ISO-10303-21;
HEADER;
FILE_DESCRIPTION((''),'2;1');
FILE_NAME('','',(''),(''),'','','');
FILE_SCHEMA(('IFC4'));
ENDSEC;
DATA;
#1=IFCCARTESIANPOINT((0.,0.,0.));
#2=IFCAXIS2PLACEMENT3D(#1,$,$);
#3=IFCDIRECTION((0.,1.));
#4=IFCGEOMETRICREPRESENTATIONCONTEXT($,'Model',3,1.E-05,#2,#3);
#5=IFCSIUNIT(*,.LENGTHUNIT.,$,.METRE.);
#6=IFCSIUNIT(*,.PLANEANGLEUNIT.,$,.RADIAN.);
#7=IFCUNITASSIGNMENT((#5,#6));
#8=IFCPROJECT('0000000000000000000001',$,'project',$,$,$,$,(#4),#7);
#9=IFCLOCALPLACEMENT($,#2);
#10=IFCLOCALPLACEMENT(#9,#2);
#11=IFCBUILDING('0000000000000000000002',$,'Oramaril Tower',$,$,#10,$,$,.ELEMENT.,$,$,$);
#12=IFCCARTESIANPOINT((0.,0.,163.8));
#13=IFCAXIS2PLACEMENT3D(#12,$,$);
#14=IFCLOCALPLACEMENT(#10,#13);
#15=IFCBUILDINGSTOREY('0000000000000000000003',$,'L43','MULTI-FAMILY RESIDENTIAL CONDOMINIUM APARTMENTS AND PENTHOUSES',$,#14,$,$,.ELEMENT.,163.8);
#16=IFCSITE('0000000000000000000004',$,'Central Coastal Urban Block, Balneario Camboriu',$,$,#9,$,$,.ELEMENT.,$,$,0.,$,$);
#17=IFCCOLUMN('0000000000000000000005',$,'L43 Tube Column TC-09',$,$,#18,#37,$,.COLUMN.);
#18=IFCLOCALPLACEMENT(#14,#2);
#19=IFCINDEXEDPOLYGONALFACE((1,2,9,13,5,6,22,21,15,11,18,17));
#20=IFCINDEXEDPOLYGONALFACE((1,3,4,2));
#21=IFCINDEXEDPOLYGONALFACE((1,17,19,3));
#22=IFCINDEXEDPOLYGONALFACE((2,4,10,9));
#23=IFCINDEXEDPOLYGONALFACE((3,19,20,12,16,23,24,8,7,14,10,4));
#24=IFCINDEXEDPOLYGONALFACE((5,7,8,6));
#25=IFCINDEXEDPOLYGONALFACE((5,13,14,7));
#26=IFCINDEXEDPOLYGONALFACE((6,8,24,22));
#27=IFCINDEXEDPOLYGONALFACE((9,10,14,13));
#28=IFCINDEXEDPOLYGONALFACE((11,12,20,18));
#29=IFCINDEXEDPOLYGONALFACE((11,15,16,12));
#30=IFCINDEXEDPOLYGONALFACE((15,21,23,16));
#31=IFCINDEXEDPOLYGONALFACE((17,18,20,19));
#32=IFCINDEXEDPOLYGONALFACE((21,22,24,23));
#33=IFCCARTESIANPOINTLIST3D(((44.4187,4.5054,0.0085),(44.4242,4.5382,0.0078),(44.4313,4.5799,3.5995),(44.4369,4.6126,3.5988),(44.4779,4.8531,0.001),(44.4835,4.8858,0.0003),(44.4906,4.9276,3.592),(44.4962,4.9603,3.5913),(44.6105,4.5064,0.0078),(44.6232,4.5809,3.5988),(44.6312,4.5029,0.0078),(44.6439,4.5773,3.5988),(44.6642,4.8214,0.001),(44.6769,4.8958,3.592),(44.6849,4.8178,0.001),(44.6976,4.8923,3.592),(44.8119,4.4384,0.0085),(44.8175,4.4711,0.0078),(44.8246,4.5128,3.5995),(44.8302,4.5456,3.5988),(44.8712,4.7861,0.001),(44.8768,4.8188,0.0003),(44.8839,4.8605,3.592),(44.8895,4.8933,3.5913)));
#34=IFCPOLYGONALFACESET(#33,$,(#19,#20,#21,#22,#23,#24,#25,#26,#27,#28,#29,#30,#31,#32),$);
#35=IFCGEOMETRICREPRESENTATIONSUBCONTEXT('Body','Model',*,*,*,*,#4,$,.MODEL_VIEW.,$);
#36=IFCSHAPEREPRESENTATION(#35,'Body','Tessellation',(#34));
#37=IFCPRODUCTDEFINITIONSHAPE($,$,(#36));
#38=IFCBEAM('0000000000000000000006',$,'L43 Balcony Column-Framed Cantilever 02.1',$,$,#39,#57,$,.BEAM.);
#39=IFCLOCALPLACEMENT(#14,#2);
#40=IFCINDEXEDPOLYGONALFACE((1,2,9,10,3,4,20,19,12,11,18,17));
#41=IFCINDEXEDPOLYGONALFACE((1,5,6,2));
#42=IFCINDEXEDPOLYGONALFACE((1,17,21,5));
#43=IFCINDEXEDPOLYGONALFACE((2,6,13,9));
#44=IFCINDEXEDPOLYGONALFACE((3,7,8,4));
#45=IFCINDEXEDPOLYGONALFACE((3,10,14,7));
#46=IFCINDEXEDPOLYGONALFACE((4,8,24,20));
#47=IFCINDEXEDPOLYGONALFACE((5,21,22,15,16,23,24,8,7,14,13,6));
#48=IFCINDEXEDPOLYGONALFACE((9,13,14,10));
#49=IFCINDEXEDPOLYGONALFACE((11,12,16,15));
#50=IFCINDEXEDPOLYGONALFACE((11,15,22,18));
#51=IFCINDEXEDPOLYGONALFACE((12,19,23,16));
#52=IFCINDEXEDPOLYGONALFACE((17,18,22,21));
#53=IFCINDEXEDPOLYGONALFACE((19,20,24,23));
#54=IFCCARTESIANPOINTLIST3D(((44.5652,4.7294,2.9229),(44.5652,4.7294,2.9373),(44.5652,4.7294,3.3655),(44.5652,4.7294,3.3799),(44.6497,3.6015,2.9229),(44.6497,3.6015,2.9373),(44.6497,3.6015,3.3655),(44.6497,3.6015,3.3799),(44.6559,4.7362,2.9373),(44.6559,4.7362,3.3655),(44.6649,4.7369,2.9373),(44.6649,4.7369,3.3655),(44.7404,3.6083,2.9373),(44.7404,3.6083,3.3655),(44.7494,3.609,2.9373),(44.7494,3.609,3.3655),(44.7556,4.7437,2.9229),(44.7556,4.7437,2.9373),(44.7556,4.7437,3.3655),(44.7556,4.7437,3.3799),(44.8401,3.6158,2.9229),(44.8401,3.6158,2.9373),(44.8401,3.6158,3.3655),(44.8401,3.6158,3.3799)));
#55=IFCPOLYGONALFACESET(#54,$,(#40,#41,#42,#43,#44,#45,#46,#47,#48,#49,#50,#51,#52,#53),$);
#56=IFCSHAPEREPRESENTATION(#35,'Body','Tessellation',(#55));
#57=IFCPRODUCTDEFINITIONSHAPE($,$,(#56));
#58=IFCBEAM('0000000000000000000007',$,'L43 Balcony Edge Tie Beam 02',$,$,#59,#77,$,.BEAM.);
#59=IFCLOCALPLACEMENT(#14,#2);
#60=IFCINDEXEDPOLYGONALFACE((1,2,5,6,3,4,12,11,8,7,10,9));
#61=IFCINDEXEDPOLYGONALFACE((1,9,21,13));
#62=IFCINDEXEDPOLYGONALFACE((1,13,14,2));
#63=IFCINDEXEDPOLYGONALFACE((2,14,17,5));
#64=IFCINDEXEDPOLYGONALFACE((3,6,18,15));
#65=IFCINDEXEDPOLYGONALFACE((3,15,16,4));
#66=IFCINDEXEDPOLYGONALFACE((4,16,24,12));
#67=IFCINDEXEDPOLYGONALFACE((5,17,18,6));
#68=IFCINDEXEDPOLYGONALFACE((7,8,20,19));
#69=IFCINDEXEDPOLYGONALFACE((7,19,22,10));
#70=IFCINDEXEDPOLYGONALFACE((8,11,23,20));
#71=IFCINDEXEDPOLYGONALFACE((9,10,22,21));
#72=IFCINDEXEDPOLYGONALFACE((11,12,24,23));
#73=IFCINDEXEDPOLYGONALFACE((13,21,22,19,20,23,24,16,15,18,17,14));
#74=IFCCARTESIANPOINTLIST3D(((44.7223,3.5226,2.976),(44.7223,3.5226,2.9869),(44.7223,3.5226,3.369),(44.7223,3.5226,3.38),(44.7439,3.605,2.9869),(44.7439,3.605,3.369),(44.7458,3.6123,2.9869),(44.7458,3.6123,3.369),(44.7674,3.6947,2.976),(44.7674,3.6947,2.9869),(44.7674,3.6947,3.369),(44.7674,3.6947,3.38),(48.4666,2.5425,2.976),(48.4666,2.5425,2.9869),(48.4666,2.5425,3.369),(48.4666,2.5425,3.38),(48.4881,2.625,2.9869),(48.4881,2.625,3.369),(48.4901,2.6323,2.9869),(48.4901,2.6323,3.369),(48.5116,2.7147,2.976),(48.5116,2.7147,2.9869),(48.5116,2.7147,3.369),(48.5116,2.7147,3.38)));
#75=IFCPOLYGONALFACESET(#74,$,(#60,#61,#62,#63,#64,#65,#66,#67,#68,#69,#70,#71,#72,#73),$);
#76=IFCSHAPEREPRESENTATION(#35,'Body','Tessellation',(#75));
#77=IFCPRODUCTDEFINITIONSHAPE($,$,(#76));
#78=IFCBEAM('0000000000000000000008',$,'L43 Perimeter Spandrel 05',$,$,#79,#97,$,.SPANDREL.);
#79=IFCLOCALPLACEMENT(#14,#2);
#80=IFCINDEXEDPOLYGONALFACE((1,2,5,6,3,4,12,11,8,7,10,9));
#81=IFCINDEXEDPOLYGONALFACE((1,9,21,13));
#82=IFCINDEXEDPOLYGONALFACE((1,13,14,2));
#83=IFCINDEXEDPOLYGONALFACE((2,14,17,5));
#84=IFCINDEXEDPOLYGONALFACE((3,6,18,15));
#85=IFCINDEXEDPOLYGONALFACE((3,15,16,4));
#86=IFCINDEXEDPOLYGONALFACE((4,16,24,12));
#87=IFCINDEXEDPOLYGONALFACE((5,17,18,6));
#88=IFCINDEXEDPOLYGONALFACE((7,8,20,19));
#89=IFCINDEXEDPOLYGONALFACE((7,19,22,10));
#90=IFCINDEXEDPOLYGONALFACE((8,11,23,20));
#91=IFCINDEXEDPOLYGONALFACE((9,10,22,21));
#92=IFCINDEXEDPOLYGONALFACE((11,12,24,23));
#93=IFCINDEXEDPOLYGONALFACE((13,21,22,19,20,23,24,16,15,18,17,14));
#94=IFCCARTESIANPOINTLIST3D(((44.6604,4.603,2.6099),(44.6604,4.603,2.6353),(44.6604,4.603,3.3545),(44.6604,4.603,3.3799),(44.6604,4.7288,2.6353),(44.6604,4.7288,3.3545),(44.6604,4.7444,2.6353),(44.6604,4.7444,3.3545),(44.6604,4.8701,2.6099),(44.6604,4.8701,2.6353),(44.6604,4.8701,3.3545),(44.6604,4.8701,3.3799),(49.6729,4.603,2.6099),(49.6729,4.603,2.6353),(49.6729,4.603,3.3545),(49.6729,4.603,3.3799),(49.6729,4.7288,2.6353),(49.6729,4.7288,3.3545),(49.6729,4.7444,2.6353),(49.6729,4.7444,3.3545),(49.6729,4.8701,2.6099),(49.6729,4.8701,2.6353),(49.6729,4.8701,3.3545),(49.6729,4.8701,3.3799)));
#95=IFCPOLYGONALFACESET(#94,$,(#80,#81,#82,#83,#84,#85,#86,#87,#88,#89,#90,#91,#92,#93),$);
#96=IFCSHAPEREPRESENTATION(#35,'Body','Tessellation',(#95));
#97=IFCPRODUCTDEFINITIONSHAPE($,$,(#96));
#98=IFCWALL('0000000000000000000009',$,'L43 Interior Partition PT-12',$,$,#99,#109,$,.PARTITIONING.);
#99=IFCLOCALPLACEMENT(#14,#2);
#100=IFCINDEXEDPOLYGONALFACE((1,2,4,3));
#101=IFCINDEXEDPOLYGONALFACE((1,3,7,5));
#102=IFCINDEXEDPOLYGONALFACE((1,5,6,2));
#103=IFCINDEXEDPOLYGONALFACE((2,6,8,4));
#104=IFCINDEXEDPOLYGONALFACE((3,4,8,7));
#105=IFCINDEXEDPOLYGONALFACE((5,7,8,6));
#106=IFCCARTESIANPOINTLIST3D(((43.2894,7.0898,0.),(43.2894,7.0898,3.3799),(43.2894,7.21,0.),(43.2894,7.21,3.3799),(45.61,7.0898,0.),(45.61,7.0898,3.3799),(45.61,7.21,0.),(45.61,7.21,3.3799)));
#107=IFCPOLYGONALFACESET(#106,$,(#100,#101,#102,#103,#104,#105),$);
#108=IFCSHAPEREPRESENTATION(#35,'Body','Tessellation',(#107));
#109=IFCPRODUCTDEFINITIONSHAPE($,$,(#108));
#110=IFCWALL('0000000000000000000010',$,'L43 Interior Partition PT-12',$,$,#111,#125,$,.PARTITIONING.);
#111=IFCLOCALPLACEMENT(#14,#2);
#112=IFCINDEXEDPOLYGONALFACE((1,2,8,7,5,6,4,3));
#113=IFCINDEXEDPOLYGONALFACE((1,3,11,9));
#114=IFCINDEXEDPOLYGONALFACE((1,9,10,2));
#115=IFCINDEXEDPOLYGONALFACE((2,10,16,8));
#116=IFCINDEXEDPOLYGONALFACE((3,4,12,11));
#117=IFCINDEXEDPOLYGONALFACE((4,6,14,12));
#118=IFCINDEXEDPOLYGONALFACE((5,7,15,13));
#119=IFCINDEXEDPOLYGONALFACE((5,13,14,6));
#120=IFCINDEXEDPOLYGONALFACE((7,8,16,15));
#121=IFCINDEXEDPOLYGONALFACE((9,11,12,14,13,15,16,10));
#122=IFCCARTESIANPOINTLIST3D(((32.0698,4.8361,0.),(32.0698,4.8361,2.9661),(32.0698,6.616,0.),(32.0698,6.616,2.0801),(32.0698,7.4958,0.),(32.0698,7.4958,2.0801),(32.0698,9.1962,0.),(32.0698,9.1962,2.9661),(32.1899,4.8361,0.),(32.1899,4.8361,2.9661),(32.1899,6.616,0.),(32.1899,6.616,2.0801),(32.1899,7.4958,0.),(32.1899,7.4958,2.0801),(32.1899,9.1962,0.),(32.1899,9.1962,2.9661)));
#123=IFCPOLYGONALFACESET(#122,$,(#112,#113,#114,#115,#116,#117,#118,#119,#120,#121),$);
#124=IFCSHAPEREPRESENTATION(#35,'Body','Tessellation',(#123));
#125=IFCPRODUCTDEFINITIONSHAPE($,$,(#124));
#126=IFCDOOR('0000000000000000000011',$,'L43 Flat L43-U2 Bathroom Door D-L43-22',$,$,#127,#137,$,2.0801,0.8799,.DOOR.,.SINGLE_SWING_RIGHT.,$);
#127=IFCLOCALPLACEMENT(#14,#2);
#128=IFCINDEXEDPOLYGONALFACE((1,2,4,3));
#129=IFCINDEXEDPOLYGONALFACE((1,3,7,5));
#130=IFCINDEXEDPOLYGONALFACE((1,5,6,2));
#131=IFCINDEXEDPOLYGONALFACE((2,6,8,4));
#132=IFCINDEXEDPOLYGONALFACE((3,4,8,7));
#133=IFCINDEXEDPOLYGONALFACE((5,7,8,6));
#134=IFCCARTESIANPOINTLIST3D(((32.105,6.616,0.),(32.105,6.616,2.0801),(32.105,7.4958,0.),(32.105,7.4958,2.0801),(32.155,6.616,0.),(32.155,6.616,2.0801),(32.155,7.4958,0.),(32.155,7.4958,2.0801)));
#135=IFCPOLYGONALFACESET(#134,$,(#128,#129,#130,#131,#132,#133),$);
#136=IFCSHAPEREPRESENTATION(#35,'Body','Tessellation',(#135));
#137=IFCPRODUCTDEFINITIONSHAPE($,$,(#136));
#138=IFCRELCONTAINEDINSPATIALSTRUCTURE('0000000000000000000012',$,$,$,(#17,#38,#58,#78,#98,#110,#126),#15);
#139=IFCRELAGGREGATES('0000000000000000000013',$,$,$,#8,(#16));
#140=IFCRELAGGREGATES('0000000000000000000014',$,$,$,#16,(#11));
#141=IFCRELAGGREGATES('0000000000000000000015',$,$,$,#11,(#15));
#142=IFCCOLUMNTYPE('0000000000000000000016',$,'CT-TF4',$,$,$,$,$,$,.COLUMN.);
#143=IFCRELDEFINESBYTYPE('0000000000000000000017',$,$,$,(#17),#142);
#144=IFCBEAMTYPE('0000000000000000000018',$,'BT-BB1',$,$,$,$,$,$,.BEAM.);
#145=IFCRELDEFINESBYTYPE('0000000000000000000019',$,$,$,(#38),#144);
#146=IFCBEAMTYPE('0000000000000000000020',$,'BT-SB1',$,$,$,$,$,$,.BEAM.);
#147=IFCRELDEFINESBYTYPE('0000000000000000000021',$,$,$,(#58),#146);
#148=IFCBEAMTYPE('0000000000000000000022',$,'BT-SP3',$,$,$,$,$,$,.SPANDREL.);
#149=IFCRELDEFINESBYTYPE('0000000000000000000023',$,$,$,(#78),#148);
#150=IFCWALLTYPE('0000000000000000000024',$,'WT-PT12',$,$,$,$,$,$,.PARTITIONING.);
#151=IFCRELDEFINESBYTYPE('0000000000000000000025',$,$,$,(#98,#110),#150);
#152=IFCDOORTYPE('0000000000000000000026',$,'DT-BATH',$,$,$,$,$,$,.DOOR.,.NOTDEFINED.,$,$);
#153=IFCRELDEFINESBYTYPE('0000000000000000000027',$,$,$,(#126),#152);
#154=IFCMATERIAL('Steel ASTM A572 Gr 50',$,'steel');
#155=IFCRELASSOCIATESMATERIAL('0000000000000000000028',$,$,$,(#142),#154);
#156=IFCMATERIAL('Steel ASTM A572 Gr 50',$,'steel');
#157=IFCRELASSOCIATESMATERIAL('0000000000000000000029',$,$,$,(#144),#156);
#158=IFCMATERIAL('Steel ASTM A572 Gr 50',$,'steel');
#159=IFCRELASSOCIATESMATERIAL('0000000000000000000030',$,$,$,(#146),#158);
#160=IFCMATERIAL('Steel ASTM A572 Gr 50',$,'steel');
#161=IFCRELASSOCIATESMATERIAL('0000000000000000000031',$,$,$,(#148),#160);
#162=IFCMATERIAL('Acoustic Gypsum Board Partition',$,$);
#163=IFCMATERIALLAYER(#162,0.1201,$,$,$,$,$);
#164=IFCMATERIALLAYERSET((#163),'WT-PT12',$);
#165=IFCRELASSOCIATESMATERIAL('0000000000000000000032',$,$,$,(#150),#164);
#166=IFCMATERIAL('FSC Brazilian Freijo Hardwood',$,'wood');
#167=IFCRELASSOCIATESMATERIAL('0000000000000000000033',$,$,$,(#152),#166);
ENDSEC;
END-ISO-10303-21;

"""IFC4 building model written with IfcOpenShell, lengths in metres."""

from ifc_helpers import new_model, si_unit, direction, frame, frame_2d, origin, origin_2d, place, context, subcontext, project, spatial, rectangle, i_section, extrude, material, layer, layer_set, material_profile, profile_set, type_object, element, fill, save


model = new_model("IFC4")

# Units and contexts
model_context = context("Model", 3, precision=1e-05, world=origin(), true_north=direction((0.0, 1.0)))
body_context = subcontext(model_context, "Body", "Model", "MODEL_VIEW")
ifc_project = project(units=[si_unit("LENGTHUNIT", "METRE"), si_unit("PLANEANGLEUNIT", "RADIAN")], contexts=[model_context])

# Site, building, storey
site_placement = place(None, origin())
site = spatial("IfcSite", under=ifc_project, at=site_placement, Name="Central Coastal Urban Block, Balneario Camboriu", CompositionType="ELEMENT", RefElevation=0.0)
building_placement = place(site_placement, origin())
building = spatial("IfcBuilding", under=site, at=building_placement, Name="Oramaril Tower", CompositionType="ELEMENT")
storey_placement = place(building_placement, frame((0.0, 0.0, 163.8)))
storey = spatial("IfcBuildingStorey", under=building, at=storey_placement, Name="L43", Description="MULTI-FAMILY RESIDENTIAL CONDOMINIUM APARTMENTS AND PENTHOUSES", CompositionType="ELEMENT", Elevation=163.8)

# Column
ifc_material_1 = material(Name="Steel ASTM A572 Gr 50", Category="steel")
ifc_material_profile_1 = material_profile(ifc_material_1, i_section(OverallWidth=0.3989, OverallDepth=0.386, WebThickness=0.021, FlangeThickness=0.0332, at=origin_2d()), Name="W14X176")
ifc_profile_set_1 = profile_set([ifc_material_profile_1], Name="Steel ASTM A572 Gr 50")
column_type = type_object("IfcColumnType", Name="CT-TF4", PredefinedType="COLUMN", material=ifc_profile_set_1)
column_placement = place(storey_placement, frame((44.6477, 4.6621, 0.0044), z_axis=(0.003534, 0.020731, 0.999779), x_axis=(-0.985776, 0.168067, 0.0)))
element("IfcColumn", 1, at=column_placement, inside=storey, type_object=column_type, Name="L43 Tube Column TC-09", PredefinedType="COLUMN", context=body_context, shape_type="SweptSolid", body=[
    extrude(i_section(OverallWidth=0.3989, OverallDepth=0.386, WebThickness=0.021, FlangeThickness=0.0332, at=origin_2d()), origin(), (0.0, 0.0, 1.0), 3.5918),
])

# Beams
ifc_material_2 = material(Name="Steel ASTM A572 Gr 50", Category="steel")
ifc_material_profile_2 = material_profile(ifc_material_2, i_section(OverallWidth=0.1909, OverallDepth=0.457, WebThickness=0.009, FlangeThickness=0.0144, at=origin_2d()), Name="W18X50")
ifc_profile_set_2 = profile_set([ifc_material_profile_2], Name="Steel ASTM A572 Gr 50")
beam_type_1 = type_object("IfcBeamType", Name="BT-BB1", PredefinedType="BEAM", material=ifc_profile_set_2)
beam_1_placement = place(storey_placement, frame((44.6604, 4.7366, 3.1514), z_axis=(0.074683, -0.997207, 0.0), x_axis=(0.997207, 0.074683, 0.0)))
element("IfcBeam", 2, at=beam_1_placement, inside=storey, type_object=beam_type_1, Name="L43 Balcony Column-Framed Cantilever 02.1", PredefinedType="BEAM", context=body_context, shape_type="SweptSolid", body=[
    extrude(i_section(OverallWidth=0.1909, OverallDepth=0.457, WebThickness=0.009, FlangeThickness=0.0144, at=origin_2d()), origin(), (0.0, 0.0, 1.0), 1.1311),
])
ifc_material_3 = material(Name="Steel ASTM A572 Gr 50", Category="steel")
ifc_material_profile_3 = material_profile(ifc_material_3, i_section(OverallWidth=0.178, OverallDepth=0.4041, WebThickness=0.0076, FlangeThickness=0.011, at=origin_2d()), Name="W16X36")
ifc_profile_set_3 = profile_set([ifc_material_profile_3], Name="Steel ASTM A572 Gr 50")
beam_type_2 = type_object("IfcBeamType", Name="BT-SB1", PredefinedType="BEAM", material=ifc_profile_set_3)
beam_2_placement = place(storey_placement, frame((44.7449, 3.6086, 3.178), z_axis=(0.967412, -0.253208, 0.0), x_axis=(0.253208, 0.967412, 0.0)))
element("IfcBeam", 3, at=beam_2_placement, inside=storey, type_object=beam_type_2, Name="L43 Balcony Edge Tie Beam 02", PredefinedType="BEAM", context=body_context, shape_type="SweptSolid", body=[
    extrude(i_section(OverallWidth=0.178, OverallDepth=0.4041, WebThickness=0.0076, FlangeThickness=0.011, at=origin_2d()), origin(), (0.0, 0.0, 1.0), 3.8704),
])
ifc_material_4 = material(Name="Steel ASTM A572 Gr 50", Category="steel")
ifc_material_profile_4 = material_profile(ifc_material_4, i_section(OverallWidth=0.2671, OverallDepth=0.77, WebThickness=0.0156, FlangeThickness=0.0254, at=origin_2d()), Name="W30X132")
ifc_profile_set_4 = profile_set([ifc_material_profile_4], Name="Steel ASTM A572 Gr 50")
beam_type_3 = type_object("IfcBeamType", Name="BT-SP3", PredefinedType="SPANDREL", material=ifc_profile_set_4)
beam_3_placement = place(storey_placement, frame((44.6604, 4.7366, 2.9949), z_axis=(1.0, 0.0, 0.0), x_axis=(0.0, 1.0, 0.0)))
element("IfcBeam", 4, at=beam_3_placement, inside=storey, type_object=beam_type_3, Name="L43 Perimeter Spandrel 05", PredefinedType="SPANDREL", context=body_context, shape_type="SweptSolid", body=[
    extrude(i_section(OverallWidth=0.2671, OverallDepth=0.77, WebThickness=0.0156, FlangeThickness=0.0254, at=origin_2d()), origin(), (0.0, 0.0, 1.0), 5.0125),
])

# Wall
ifc_material_5 = material(Name="Acoustic Gypsum Board Partition")
ifc_layer_1 = layer(ifc_material_5, 0.1201)
ifc_layer_set_1 = layer_set([ifc_layer_1], Name="WT-PT12")
wall_type_1 = type_object("IfcWallType", Name="WT-PT12", PredefinedType="PARTITIONING", material=ifc_layer_set_1)
wall_1_placement = place(storey_placement, frame((43.2896, 7.1499, 0.0), z_axis=(0.0, 0.0, 1.0), x_axis=(1.0, 0.0, 0.0)))
element("IfcWall", 5, at=wall_1_placement, inside=storey, type_object=wall_type_1, Name="L43 Interior Partition PT-12", PredefinedType="PARTITIONING", context=body_context, shape_type="SweptSolid", body=[
    extrude(rectangle(XDim=2.3206, YDim=0.1201, at=frame_2d((1.1602, 0.0))), origin(), (0.0, 0.0, 1.0), 3.3799),
])

# Wall, opening, door
wall_2_placement = place(storey_placement, frame((32.1299, 4.8359, 0.0), z_axis=(0.0, 0.0, 1.0), x_axis=(0.0, 1.0, 0.0)))
wall_2 = element("IfcWall", 6, at=wall_2_placement, inside=storey, type_object=wall_type_1, Name="L43 Interior Partition PT-12", PredefinedType="PARTITIONING", context=body_context, shape_type="SweptSolid", body=[
    extrude(rectangle(XDim=4.3601, YDim=0.1201, at=frame_2d((2.1802, 0.0))), origin(), (0.0, 0.0, 1.0), 2.9661),
])
opening_1_placement = place(wall_2_placement, frame((1.78, 0.0, 0.0)))
opening_1 = element("IfcOpeningElement", 7, at=opening_1_placement, cuts=wall_2, PredefinedType="OPENING", context=body_context, shape_type="SweptSolid", body=[
    extrude(rectangle(XDim=0.8799, YDim=2.0801, at=frame_2d((0.4399, 1.04))), frame((0.0, 0.0601, 0.0), z_axis=(0.0, -1.0, 0.0), x_axis=(1.0, 0.0, 0.0)), (0.0, 0.0, 1.0), 0.1201),
])
ifc_material_6 = material(Name="FSC Brazilian Freijo Hardwood", Category="wood")
door_type_1 = type_object("IfcDoorType", Name="DT-BATH", OperationType="NOTDEFINED", PredefinedType="DOOR", material=ifc_material_6)
door_1_placement = place(opening_1_placement, origin())
door_1 = element("IfcDoor", 8, at=door_1_placement, inside=storey, type_object=door_type_1, Name="L43 Flat L43-U2 Bathroom Door D-L43-22", OperationType="SINGLE_SWING_RIGHT", OverallHeight=2.0801, OverallWidth=0.8799, PredefinedType="DOOR", context=body_context, shape_type="SweptSolid", body=[
    extrude(rectangle(XDim=0.8799, YDim=2.0801, at=frame_2d((0.4399, 1.04))), frame((0.0, 0.0249, 0.0), z_axis=(0.0, -1.0, 0.0), x_axis=(1.0, 0.0, 0.0)), (0.0, 0.0, 1.0), 0.05),
])
fill(opening_1, door_1)

save(model, "model.ifc")
